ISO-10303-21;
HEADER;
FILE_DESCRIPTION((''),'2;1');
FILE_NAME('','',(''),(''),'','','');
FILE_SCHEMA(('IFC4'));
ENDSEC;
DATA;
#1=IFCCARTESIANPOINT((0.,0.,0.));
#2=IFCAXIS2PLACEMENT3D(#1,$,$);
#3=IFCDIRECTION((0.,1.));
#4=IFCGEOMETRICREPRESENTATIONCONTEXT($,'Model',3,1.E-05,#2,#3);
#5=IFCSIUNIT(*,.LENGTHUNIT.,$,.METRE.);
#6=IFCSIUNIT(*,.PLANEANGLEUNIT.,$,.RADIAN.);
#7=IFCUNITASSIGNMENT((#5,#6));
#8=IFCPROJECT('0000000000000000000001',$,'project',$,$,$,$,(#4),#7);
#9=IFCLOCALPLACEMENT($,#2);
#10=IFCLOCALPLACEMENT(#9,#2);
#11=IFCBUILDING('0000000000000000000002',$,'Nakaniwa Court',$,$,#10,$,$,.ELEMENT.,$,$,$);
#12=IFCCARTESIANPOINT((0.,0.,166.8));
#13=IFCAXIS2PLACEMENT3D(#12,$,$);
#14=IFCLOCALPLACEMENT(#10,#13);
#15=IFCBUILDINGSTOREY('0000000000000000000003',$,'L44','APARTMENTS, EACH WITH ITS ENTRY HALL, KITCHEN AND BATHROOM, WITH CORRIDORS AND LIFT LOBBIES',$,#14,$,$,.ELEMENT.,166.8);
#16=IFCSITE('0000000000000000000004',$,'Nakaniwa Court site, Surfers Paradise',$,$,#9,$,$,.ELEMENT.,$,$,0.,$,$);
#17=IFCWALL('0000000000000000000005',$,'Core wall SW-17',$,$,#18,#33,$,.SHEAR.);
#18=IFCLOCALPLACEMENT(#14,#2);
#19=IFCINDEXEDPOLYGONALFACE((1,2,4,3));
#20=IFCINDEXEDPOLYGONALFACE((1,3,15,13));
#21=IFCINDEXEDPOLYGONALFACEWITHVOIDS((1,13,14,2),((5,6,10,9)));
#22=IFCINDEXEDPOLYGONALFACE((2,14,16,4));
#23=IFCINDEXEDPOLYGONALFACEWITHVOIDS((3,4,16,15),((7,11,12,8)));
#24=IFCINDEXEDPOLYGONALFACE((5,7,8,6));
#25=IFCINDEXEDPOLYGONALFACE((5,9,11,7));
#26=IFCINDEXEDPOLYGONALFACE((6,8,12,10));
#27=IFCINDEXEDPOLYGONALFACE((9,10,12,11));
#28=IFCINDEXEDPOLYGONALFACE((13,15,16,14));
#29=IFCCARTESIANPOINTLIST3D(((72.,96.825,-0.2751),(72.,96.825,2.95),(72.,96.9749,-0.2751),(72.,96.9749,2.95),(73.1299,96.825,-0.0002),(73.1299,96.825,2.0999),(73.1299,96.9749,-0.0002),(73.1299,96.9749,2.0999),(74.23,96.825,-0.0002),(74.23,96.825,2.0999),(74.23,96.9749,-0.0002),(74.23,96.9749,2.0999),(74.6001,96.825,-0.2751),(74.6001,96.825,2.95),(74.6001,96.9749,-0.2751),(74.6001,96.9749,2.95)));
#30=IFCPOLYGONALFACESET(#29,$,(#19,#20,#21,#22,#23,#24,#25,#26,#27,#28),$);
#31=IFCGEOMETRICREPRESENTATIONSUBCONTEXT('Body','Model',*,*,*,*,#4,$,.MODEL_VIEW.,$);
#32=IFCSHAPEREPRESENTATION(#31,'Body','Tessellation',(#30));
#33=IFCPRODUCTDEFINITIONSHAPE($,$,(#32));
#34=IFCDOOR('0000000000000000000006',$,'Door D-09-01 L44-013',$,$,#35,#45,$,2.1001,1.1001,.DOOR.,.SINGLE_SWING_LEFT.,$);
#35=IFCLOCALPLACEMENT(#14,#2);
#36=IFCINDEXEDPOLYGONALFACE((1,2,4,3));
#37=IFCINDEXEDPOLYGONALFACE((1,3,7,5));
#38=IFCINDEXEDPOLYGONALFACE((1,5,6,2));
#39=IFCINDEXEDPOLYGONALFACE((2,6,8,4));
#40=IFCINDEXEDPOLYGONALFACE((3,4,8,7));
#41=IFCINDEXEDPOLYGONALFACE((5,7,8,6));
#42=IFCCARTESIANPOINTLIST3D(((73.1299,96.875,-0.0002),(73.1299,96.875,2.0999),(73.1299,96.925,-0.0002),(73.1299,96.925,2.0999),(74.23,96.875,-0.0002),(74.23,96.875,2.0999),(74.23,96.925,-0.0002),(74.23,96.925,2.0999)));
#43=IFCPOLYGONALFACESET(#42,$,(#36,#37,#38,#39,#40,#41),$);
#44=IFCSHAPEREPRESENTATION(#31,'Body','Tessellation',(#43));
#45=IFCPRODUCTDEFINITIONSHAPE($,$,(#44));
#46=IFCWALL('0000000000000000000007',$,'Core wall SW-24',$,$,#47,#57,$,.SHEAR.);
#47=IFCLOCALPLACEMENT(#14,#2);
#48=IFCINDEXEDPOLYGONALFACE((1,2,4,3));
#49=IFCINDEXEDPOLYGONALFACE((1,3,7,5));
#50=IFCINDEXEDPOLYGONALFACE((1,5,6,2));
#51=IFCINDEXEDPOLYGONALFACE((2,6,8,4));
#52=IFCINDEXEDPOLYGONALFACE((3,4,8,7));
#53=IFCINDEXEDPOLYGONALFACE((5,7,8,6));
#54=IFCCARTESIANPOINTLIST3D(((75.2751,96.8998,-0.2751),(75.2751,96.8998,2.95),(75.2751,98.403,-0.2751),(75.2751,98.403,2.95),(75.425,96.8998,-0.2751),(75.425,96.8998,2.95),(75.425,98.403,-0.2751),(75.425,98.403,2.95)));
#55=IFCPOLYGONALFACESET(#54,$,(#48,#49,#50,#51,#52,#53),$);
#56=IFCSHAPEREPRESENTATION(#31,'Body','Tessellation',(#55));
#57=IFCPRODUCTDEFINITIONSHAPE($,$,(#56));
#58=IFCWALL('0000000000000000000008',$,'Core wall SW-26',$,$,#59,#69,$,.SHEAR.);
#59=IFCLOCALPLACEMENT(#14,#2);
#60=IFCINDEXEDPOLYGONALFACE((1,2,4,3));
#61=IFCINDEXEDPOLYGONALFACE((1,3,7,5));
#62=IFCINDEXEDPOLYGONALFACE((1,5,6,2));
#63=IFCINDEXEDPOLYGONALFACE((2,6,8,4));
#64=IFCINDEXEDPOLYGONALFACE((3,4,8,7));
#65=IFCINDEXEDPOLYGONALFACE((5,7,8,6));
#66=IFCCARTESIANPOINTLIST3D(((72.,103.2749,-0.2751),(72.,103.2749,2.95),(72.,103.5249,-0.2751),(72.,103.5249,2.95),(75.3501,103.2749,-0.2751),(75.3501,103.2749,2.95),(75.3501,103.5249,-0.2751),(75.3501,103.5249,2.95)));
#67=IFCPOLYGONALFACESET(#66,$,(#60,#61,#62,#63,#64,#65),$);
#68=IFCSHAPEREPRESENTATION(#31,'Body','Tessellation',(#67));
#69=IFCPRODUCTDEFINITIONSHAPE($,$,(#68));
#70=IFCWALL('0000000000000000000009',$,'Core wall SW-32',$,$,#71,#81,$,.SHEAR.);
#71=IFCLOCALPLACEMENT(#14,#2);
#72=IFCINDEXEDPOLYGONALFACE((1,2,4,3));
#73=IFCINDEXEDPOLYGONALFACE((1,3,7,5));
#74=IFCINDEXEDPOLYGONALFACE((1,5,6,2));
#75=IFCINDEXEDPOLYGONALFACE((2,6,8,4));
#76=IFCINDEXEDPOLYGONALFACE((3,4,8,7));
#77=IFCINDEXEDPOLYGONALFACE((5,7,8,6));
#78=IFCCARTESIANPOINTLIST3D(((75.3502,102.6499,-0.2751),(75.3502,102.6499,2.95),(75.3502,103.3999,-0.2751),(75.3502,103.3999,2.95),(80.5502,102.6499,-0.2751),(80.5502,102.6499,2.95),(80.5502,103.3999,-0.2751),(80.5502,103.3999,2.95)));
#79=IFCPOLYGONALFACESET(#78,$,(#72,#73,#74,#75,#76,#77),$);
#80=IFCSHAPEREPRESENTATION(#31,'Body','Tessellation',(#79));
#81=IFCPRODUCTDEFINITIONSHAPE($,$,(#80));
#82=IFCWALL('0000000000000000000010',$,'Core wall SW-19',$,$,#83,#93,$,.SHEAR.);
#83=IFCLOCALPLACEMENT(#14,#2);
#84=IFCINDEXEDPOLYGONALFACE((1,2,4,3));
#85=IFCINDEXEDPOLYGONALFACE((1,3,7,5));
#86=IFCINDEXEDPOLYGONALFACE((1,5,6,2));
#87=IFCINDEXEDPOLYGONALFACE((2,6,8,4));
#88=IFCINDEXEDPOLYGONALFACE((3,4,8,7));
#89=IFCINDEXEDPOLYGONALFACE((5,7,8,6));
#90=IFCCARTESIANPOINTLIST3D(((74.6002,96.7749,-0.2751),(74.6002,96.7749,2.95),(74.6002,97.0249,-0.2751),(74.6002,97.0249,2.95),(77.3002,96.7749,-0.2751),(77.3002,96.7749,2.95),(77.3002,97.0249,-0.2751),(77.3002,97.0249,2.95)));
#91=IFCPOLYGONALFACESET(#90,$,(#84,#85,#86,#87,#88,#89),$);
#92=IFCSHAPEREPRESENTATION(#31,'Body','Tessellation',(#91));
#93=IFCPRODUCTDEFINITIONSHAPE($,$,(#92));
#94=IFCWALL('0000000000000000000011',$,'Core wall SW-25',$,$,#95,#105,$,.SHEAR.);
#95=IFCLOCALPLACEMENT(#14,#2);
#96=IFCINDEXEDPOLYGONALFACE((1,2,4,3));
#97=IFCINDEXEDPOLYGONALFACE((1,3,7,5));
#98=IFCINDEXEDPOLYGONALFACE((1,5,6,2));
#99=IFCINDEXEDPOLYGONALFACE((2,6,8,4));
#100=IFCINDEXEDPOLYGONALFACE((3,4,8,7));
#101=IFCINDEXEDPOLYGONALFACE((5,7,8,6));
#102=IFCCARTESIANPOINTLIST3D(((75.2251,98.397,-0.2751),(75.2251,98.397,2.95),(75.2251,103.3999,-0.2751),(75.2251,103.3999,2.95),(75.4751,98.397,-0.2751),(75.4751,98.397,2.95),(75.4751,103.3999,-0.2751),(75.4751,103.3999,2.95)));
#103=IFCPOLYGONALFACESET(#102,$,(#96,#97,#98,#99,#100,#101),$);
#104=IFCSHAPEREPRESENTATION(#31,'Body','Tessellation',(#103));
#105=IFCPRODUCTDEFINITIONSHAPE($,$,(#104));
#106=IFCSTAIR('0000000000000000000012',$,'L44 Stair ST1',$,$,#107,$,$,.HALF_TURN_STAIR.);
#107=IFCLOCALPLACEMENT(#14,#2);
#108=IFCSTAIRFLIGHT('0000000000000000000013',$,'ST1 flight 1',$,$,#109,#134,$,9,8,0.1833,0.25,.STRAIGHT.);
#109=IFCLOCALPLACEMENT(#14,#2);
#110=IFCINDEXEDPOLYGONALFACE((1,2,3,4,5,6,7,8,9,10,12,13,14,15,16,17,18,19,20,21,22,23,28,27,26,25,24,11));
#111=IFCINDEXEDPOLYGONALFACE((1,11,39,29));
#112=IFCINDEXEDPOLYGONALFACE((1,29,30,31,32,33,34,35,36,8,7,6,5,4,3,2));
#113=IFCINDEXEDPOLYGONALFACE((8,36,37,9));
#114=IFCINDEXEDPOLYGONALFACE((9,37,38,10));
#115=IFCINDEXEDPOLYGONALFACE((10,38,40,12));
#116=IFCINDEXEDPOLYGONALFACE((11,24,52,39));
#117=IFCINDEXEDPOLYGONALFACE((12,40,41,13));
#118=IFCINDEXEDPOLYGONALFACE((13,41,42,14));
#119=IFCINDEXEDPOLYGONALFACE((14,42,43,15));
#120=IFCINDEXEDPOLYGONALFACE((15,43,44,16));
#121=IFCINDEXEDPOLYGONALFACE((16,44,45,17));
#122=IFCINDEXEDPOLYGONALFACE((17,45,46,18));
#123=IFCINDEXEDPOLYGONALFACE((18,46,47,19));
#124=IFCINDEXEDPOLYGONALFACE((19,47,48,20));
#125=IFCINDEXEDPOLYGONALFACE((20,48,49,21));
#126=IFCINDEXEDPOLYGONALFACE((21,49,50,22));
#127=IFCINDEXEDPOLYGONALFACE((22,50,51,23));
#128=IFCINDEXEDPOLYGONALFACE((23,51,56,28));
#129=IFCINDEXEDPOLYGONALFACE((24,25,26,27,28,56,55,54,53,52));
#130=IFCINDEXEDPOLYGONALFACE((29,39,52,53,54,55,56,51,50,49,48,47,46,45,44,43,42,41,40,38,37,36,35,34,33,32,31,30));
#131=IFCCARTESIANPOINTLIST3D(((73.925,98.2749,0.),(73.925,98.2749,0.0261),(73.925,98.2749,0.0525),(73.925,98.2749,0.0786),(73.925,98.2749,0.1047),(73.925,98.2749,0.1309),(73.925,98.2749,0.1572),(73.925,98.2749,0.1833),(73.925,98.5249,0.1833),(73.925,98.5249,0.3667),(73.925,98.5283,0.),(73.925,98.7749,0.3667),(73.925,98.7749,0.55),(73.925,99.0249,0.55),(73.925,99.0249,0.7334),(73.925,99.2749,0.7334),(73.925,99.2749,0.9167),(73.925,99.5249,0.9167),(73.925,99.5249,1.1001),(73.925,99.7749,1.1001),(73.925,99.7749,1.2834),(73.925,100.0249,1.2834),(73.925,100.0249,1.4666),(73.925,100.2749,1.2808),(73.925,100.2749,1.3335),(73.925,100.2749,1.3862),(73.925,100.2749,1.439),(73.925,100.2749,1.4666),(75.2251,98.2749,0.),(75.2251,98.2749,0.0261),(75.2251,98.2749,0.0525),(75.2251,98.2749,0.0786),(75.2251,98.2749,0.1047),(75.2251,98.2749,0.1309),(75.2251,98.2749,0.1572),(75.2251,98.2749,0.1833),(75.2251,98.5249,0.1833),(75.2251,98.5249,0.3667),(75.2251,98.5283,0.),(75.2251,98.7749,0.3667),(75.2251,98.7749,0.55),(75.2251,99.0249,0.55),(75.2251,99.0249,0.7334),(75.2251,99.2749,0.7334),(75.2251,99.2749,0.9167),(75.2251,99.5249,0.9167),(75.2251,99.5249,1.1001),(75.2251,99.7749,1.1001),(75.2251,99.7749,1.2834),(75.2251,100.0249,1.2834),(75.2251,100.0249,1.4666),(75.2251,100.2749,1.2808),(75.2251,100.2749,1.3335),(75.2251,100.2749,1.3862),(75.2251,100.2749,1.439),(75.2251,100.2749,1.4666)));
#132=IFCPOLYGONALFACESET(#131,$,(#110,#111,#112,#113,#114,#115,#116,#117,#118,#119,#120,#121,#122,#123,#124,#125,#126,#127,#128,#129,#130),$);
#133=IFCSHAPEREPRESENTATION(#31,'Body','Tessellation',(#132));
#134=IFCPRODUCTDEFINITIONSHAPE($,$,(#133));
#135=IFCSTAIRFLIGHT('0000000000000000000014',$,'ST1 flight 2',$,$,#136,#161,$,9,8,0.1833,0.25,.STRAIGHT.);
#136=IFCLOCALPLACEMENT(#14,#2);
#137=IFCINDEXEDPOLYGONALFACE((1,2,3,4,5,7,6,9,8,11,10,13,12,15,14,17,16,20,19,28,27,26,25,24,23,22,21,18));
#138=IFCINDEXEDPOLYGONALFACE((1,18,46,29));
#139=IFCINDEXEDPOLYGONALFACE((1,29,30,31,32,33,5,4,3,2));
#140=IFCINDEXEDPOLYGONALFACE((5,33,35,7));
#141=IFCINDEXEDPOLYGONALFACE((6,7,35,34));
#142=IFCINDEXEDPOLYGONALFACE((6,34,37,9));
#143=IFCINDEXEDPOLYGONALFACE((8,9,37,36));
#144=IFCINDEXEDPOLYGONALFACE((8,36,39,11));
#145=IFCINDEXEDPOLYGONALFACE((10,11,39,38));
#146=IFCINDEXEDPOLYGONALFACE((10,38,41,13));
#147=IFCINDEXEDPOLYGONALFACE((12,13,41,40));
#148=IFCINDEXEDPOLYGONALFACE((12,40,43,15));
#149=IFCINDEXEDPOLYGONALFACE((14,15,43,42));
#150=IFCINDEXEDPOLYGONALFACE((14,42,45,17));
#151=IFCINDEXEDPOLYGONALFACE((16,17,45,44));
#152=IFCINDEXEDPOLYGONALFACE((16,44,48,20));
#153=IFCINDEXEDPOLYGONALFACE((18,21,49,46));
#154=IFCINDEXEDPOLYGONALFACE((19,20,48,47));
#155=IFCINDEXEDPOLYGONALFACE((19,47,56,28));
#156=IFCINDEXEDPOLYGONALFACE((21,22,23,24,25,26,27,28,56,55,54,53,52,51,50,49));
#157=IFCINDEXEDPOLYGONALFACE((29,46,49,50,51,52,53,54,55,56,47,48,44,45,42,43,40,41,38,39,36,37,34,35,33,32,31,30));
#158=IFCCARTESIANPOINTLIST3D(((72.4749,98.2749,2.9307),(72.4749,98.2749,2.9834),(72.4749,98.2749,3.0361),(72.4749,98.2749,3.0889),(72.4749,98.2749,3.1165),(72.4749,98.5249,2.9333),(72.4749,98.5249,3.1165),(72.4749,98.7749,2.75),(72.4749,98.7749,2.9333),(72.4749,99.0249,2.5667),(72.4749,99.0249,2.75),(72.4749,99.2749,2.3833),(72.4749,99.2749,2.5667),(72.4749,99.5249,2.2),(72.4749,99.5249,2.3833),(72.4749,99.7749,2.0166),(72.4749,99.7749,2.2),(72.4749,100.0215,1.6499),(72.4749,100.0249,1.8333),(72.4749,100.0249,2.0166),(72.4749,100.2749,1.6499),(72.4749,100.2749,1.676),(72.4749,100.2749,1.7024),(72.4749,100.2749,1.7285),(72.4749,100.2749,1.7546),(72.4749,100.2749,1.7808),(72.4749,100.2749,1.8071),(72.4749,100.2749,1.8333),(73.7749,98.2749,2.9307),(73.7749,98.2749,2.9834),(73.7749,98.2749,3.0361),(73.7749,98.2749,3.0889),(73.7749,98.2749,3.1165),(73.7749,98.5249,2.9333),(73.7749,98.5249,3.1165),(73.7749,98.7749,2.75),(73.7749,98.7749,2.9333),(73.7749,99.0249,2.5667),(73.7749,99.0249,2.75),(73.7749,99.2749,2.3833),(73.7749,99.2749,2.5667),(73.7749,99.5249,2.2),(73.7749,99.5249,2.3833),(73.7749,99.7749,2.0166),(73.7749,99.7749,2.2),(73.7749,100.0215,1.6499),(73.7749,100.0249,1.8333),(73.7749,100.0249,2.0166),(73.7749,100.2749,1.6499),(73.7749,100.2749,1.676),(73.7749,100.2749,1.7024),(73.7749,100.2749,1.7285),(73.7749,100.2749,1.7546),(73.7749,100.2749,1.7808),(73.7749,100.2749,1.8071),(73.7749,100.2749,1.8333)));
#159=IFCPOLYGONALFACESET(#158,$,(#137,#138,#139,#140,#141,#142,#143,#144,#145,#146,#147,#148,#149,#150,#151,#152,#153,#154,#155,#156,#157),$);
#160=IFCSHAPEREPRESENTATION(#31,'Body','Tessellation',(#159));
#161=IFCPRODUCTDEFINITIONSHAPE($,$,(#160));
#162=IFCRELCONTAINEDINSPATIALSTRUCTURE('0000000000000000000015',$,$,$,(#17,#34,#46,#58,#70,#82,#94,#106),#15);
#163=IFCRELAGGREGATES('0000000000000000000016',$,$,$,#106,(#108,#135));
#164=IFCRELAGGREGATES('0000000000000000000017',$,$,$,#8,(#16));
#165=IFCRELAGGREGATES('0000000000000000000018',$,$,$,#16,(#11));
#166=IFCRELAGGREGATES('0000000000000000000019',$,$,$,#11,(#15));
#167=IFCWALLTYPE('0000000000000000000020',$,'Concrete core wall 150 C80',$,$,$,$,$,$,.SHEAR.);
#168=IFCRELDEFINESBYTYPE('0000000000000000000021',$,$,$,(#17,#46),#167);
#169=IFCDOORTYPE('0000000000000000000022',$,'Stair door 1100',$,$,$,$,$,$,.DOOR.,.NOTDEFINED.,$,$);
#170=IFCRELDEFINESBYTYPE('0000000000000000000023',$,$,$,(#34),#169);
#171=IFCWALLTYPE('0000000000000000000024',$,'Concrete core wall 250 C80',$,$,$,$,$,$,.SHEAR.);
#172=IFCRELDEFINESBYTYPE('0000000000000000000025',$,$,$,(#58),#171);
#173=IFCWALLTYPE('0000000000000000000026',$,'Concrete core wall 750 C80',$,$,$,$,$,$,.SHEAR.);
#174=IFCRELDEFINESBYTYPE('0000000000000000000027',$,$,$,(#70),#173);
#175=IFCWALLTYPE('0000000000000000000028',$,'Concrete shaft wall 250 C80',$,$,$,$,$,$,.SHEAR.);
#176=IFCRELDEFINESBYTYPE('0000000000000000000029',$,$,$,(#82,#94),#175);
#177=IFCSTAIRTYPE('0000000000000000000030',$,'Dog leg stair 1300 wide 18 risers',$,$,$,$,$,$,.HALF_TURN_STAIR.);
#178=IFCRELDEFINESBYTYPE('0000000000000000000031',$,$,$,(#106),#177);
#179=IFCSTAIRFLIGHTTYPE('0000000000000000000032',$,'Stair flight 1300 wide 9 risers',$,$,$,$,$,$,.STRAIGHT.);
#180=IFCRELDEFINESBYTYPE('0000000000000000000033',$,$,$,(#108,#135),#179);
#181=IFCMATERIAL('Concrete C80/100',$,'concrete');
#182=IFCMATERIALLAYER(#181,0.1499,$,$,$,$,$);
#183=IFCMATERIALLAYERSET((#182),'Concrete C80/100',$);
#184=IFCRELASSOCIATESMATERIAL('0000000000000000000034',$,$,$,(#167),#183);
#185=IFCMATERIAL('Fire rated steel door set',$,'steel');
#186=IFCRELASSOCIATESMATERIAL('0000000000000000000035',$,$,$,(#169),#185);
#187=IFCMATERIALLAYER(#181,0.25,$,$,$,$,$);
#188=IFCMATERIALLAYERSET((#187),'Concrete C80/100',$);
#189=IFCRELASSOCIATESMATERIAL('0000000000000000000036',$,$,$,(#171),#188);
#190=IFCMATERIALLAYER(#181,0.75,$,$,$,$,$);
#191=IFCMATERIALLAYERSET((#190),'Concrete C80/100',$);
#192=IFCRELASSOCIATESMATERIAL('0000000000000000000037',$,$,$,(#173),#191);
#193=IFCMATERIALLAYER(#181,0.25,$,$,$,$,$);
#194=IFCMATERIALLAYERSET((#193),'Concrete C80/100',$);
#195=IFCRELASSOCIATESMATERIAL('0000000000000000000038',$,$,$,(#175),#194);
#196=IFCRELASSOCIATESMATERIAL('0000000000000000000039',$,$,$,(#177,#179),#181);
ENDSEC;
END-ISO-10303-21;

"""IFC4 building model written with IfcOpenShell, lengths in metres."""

from ifc_helpers import new_model, si_unit, direction, frame, frame_2d, origin, place, context, subcontext, project, spatial, polyline, rectangle, outline, extrude, material, layer, layer_set, type_object, element, fill, aggregate, save


model = new_model("IFC4")

# Units and contexts
model_context = context("Model", 3, precision=1e-05, world=origin(), true_north=direction((0.0, 1.0)))
body_context = subcontext(model_context, "Body", "Model", "MODEL_VIEW")
ifc_project = project(units=[si_unit("LENGTHUNIT", "METRE"), si_unit("PLANEANGLEUNIT", "RADIAN")], contexts=[model_context])

# Site, building, storey
site_placement = place(None, origin())
site = spatial("IfcSite", under=ifc_project, at=site_placement, Name="Nakaniwa Court site, Surfers Paradise", CompositionType="ELEMENT", RefElevation=0.0)
building_placement = place(site_placement, origin())
building = spatial("IfcBuilding", under=site, at=building_placement, Name="Nakaniwa Court", CompositionType="ELEMENT")
storey_placement = place(building_placement, frame((0.0, 0.0, 166.8)))
storey = spatial("IfcBuildingStorey", under=building, at=storey_placement, Name="L44", Description="APARTMENTS, EACH WITH ITS ENTRY HALL, KITCHEN AND BATHROOM, WITH CORRIDORS AND LIFT LOBBIES", CompositionType="ELEMENT", Elevation=166.8)

# Shared definitions
ifc_material_1 = material(Name="Concrete C80/100", Category="concrete")

# Shared definitions
ifc_material_2 = material(Name="Fire rated steel door set", Category="steel")

# Wall, opening, door
ifc_layer_1 = layer(ifc_material_1, 0.1499)
ifc_layer_set_1 = layer_set([ifc_layer_1], Name="Concrete C80/100")
wall_type_1 = type_object("IfcWallType", Name="Concrete core wall 150 C80", PredefinedType="SHEAR", material=ifc_layer_set_1)
wall_1_placement = place(storey_placement, frame((74.6001, 96.8999, -0.2751), z_axis=(0.0, 0.0, 1.0), x_axis=(-1.0, 0.0, 0.0)))
wall_1 = element("IfcWall", 1, at=wall_1_placement, inside=storey, type_object=wall_type_1, Name="Core wall SW-17", PredefinedType="SHEAR", context=body_context, shape_type="SweptSolid", body=[
    extrude(rectangle(XDim=2.6001, YDim=0.1499, at=frame_2d((1.3, 0.0))), origin(), (0.0, 0.0, 1.0), 3.2251),
])
opening_1_placement = place(wall_1_placement, frame((0.3701, 0.0, 0.2749)))
opening_1 = element("IfcOpeningElement", 2, at=opening_1_placement, cuts=wall_1, PredefinedType="OPENING", context=body_context, shape_type="SweptSolid", body=[
    extrude(rectangle(XDim=1.1001, YDim=2.1001, at=frame_2d((0.55, 1.05))), frame((0.0, 0.085, 0.0), z_axis=(0.0, -1.0, 0.0), x_axis=(1.0, 0.0, 0.0)), (0.0, 0.0, 1.0), 0.1699),
])
door_type_1 = type_object("IfcDoorType", Name="Stair door 1100", OperationType="NOTDEFINED", PredefinedType="DOOR", material=ifc_material_2)
door_1_placement = place(opening_1_placement, origin())
door_1 = element("IfcDoor", 3, at=door_1_placement, inside=storey, type_object=door_type_1, Name="Door D-09-01 L44-013", OperationType="SINGLE_SWING_LEFT", OverallHeight=2.1001, OverallWidth=1.1001, PredefinedType="DOOR", context=body_context, shape_type="SweptSolid", body=[
    extrude(rectangle(XDim=1.1001, YDim=2.1001, at=frame_2d((0.55, 1.05))), frame((0.0, 0.0249, 0.0), z_axis=(0.0, -1.0, 0.0), x_axis=(1.0, 0.0, 0.0)), (0.0, 0.0, 1.0), 0.05),
])
fill(opening_1, door_1)

# Walls
wall_2_placement = place(storey_placement, frame((75.3501, 96.8999, -0.2751), z_axis=(0.0, 0.0, 1.0), x_axis=(0.0, 1.0, 0.0)))
element("IfcWall", 4, at=wall_2_placement, inside=storey, type_object=wall_type_1, Name="Core wall SW-24", PredefinedType="SHEAR", context=body_context, shape_type="SweptSolid", body=[
    extrude(rectangle(XDim=1.5032, YDim=0.1499, at=frame_2d((0.7515, 0.0))), origin(), (0.0, 0.0, 1.0), 3.2251),
])
ifc_layer_2 = layer(ifc_material_1, 0.25)
ifc_layer_set_2 = layer_set([ifc_layer_2], Name="Concrete C80/100")
wall_type_2 = type_object("IfcWallType", Name="Concrete core wall 250 C80", PredefinedType="SHEAR", material=ifc_layer_set_2)
wall_3_placement = place(storey_placement, frame((72.0, 103.3999, -0.2751), z_axis=(0.0, 0.0, 1.0), x_axis=(1.0, 0.0, 0.0)))
element("IfcWall", 5, at=wall_3_placement, inside=storey, type_object=wall_type_2, Name="Core wall SW-26", PredefinedType="SHEAR", context=body_context, shape_type="SweptSolid", body=[
    extrude(rectangle(XDim=3.3501, YDim=0.25, at=frame_2d((1.675, 0.0))), origin(), (0.0, 0.0, 1.0), 3.2251),
])
ifc_layer_3 = layer(ifc_material_1, 0.75)
ifc_layer_set_3 = layer_set([ifc_layer_3], Name="Concrete C80/100")
wall_type_3 = type_object("IfcWallType", Name="Concrete core wall 750 C80", PredefinedType="SHEAR", material=ifc_layer_set_3)
wall_4_placement = place(storey_placement, frame((75.3501, 103.0249, -0.2751), z_axis=(0.0, 0.0, 1.0), x_axis=(1.0, 0.0, 0.0)))
element("IfcWall", 6, at=wall_4_placement, inside=storey, type_object=wall_type_3, Name="Core wall SW-32", PredefinedType="SHEAR", context=body_context, shape_type="SweptSolid", body=[
    extrude(rectangle(XDim=5.2, YDim=0.75, at=frame_2d((2.6001, 0.0))), origin(), (0.0, 0.0, 1.0), 3.2251),
])
ifc_layer_4 = layer(ifc_material_1, 0.25)
ifc_layer_set_4 = layer_set([ifc_layer_4], Name="Concrete C80/100")
wall_type_4 = type_object("IfcWallType", Name="Concrete shaft wall 250 C80", PredefinedType="SHEAR", material=ifc_layer_set_4)
wall_5_placement = place(storey_placement, frame((74.6001, 96.8999, -0.2751), z_axis=(0.0, 0.0, 1.0), x_axis=(1.0, 0.0, 0.0)))
element("IfcWall", 7, at=wall_5_placement, inside=storey, type_object=wall_type_4, Name="Core wall SW-19", PredefinedType="SHEAR", context=body_context, shape_type="SweptSolid", body=[
    extrude(rectangle(XDim=2.7, YDim=0.25, at=frame_2d((1.3501, 0.0))), origin(), (0.0, 0.0, 1.0), 3.2251),
])
wall_6_placement = place(storey_placement, frame((75.3501, 98.397, -0.2751), z_axis=(0.0, 0.0, 1.0), x_axis=(0.0, 1.0, 0.0)))
element("IfcWall", 8, at=wall_6_placement, inside=storey, type_object=wall_type_4, Name="Core wall SW-25", PredefinedType="SHEAR", context=body_context, shape_type="SweptSolid", body=[
    extrude(rectangle(XDim=5.0029, YDim=0.25, at=frame_2d((2.5015, 0.0))), origin(), (0.0, 0.0, 1.0), 3.2251),
])

# Stair, stair flights
stair_type = type_object("IfcStairType", Name="Dog leg stair 1300 wide 18 risers", PredefinedType="HALF_TURN_STAIR", material=ifc_material_1)
stair_placement = place(storey_placement, origin())
stair = element("IfcStair", 9, at=stair_placement, inside=storey, type_object=stair_type, Name="L44 Stair ST1", PredefinedType="HALF_TURN_STAIR")
stair_flight_type = type_object("IfcStairFlightType", Name="Stair flight 1300 wide 9 risers", PredefinedType="STRAIGHT", material=ifc_material_1)
stair_flight_1_placement = place(storey_placement, frame((74.575, 98.2749, 0.0), z_axis=(0.0, 0.0, 1.0), x_axis=(0.0, 1.0, 0.0)))
stair_flight_1 = element("IfcStairFlight", 10, at=stair_flight_1_placement, type_object=stair_flight_type, Name="ST1 flight 1", NumberOfRisers=9, NumberOfTreads=8, PredefinedType="STRAIGHT", RiserHeight=0.1833, TreadLength=0.25, context=body_context, shape_type="SweptSolid", body=[
    extrude(outline(polyline([(0.0, 0.0), (0.0, 0.0261), (0.0, 0.0525), (0.0, 0.0786), (0.0, 0.1047), (0.0, 0.1309), (0.0, 0.1572), (0.0, 0.1833), (0.25, 0.1833), (0.25, 0.3667), (0.5, 0.3667), (0.5, 0.55), (0.75, 0.55), (0.75, 0.7334), (1.0, 0.7334), (1.0, 0.9167), (1.25, 0.9167), (1.25, 1.1001), (1.5, 1.1001), (1.5, 1.2834), (1.75, 1.2834), (1.75, 1.4666), (2.0, 1.4666), (2.0, 1.6499), (2.0, 1.5972), (2.0, 1.5444), (2.0, 1.4917), (2.0, 1.439), (2.0, 1.3862), (2.0, 1.3335), (2.0, 1.2808), (0.2534, 0.0), (0.0, 0.0)])), frame((0.0, 0.6499, 0.0), z_axis=(0.0, -1.0, 0.0), x_axis=(1.0, 0.0, 0.0)), (0.0, 0.0, 1.0), 1.3),
])
stair_flight_2_placement = place(storey_placement, frame((73.125, 100.2749, 1.6499), z_axis=(0.0, 0.0, 1.0), x_axis=(0.0, -1.0, 0.0)))
stair_flight_2 = element("IfcStairFlight", 11, at=stair_flight_2_placement, type_object=stair_flight_type, Name="ST1 flight 2", NumberOfRisers=9, NumberOfTreads=8, PredefinedType="STRAIGHT", RiserHeight=0.1833, TreadLength=0.25, context=body_context, shape_type="SweptSolid", body=[
    extrude(outline(polyline([(0.0, 0.0), (0.0, 0.0261), (0.0, 0.0525), (0.0, 0.0786), (0.0, 0.1047), (0.0, 0.1309), (0.0, 0.1572), (0.0, 0.1833), (0.25, 0.1833), (0.25, 0.3667), (0.5, 0.3667), (0.5, 0.55), (0.75, 0.55), (0.75, 0.7334), (1.0, 0.7334), (1.0, 0.9167), (1.25, 0.9167), (1.25, 1.1001), (1.5, 1.1001), (1.5, 1.2834), (1.75, 1.2834), (1.75, 1.4666), (2.0, 1.4666), (2.0, 1.6499), (2.0, 1.5972), (2.0, 1.5444), (2.0, 1.4917), (2.0, 1.439), (2.0, 1.3862), (2.0, 1.3335), (2.0, 1.2808), (0.2534, 0.0), (0.0, 0.0)])), frame((0.0, 0.6499, 0.0), z_axis=(0.0, -1.0, 0.0), x_axis=(1.0, 0.0, 0.0)), (0.0, 0.0, 1.0), 1.3),
])
aggregate(stair, [stair_flight_1, stair_flight_2])

save(model, "model.ifc")
